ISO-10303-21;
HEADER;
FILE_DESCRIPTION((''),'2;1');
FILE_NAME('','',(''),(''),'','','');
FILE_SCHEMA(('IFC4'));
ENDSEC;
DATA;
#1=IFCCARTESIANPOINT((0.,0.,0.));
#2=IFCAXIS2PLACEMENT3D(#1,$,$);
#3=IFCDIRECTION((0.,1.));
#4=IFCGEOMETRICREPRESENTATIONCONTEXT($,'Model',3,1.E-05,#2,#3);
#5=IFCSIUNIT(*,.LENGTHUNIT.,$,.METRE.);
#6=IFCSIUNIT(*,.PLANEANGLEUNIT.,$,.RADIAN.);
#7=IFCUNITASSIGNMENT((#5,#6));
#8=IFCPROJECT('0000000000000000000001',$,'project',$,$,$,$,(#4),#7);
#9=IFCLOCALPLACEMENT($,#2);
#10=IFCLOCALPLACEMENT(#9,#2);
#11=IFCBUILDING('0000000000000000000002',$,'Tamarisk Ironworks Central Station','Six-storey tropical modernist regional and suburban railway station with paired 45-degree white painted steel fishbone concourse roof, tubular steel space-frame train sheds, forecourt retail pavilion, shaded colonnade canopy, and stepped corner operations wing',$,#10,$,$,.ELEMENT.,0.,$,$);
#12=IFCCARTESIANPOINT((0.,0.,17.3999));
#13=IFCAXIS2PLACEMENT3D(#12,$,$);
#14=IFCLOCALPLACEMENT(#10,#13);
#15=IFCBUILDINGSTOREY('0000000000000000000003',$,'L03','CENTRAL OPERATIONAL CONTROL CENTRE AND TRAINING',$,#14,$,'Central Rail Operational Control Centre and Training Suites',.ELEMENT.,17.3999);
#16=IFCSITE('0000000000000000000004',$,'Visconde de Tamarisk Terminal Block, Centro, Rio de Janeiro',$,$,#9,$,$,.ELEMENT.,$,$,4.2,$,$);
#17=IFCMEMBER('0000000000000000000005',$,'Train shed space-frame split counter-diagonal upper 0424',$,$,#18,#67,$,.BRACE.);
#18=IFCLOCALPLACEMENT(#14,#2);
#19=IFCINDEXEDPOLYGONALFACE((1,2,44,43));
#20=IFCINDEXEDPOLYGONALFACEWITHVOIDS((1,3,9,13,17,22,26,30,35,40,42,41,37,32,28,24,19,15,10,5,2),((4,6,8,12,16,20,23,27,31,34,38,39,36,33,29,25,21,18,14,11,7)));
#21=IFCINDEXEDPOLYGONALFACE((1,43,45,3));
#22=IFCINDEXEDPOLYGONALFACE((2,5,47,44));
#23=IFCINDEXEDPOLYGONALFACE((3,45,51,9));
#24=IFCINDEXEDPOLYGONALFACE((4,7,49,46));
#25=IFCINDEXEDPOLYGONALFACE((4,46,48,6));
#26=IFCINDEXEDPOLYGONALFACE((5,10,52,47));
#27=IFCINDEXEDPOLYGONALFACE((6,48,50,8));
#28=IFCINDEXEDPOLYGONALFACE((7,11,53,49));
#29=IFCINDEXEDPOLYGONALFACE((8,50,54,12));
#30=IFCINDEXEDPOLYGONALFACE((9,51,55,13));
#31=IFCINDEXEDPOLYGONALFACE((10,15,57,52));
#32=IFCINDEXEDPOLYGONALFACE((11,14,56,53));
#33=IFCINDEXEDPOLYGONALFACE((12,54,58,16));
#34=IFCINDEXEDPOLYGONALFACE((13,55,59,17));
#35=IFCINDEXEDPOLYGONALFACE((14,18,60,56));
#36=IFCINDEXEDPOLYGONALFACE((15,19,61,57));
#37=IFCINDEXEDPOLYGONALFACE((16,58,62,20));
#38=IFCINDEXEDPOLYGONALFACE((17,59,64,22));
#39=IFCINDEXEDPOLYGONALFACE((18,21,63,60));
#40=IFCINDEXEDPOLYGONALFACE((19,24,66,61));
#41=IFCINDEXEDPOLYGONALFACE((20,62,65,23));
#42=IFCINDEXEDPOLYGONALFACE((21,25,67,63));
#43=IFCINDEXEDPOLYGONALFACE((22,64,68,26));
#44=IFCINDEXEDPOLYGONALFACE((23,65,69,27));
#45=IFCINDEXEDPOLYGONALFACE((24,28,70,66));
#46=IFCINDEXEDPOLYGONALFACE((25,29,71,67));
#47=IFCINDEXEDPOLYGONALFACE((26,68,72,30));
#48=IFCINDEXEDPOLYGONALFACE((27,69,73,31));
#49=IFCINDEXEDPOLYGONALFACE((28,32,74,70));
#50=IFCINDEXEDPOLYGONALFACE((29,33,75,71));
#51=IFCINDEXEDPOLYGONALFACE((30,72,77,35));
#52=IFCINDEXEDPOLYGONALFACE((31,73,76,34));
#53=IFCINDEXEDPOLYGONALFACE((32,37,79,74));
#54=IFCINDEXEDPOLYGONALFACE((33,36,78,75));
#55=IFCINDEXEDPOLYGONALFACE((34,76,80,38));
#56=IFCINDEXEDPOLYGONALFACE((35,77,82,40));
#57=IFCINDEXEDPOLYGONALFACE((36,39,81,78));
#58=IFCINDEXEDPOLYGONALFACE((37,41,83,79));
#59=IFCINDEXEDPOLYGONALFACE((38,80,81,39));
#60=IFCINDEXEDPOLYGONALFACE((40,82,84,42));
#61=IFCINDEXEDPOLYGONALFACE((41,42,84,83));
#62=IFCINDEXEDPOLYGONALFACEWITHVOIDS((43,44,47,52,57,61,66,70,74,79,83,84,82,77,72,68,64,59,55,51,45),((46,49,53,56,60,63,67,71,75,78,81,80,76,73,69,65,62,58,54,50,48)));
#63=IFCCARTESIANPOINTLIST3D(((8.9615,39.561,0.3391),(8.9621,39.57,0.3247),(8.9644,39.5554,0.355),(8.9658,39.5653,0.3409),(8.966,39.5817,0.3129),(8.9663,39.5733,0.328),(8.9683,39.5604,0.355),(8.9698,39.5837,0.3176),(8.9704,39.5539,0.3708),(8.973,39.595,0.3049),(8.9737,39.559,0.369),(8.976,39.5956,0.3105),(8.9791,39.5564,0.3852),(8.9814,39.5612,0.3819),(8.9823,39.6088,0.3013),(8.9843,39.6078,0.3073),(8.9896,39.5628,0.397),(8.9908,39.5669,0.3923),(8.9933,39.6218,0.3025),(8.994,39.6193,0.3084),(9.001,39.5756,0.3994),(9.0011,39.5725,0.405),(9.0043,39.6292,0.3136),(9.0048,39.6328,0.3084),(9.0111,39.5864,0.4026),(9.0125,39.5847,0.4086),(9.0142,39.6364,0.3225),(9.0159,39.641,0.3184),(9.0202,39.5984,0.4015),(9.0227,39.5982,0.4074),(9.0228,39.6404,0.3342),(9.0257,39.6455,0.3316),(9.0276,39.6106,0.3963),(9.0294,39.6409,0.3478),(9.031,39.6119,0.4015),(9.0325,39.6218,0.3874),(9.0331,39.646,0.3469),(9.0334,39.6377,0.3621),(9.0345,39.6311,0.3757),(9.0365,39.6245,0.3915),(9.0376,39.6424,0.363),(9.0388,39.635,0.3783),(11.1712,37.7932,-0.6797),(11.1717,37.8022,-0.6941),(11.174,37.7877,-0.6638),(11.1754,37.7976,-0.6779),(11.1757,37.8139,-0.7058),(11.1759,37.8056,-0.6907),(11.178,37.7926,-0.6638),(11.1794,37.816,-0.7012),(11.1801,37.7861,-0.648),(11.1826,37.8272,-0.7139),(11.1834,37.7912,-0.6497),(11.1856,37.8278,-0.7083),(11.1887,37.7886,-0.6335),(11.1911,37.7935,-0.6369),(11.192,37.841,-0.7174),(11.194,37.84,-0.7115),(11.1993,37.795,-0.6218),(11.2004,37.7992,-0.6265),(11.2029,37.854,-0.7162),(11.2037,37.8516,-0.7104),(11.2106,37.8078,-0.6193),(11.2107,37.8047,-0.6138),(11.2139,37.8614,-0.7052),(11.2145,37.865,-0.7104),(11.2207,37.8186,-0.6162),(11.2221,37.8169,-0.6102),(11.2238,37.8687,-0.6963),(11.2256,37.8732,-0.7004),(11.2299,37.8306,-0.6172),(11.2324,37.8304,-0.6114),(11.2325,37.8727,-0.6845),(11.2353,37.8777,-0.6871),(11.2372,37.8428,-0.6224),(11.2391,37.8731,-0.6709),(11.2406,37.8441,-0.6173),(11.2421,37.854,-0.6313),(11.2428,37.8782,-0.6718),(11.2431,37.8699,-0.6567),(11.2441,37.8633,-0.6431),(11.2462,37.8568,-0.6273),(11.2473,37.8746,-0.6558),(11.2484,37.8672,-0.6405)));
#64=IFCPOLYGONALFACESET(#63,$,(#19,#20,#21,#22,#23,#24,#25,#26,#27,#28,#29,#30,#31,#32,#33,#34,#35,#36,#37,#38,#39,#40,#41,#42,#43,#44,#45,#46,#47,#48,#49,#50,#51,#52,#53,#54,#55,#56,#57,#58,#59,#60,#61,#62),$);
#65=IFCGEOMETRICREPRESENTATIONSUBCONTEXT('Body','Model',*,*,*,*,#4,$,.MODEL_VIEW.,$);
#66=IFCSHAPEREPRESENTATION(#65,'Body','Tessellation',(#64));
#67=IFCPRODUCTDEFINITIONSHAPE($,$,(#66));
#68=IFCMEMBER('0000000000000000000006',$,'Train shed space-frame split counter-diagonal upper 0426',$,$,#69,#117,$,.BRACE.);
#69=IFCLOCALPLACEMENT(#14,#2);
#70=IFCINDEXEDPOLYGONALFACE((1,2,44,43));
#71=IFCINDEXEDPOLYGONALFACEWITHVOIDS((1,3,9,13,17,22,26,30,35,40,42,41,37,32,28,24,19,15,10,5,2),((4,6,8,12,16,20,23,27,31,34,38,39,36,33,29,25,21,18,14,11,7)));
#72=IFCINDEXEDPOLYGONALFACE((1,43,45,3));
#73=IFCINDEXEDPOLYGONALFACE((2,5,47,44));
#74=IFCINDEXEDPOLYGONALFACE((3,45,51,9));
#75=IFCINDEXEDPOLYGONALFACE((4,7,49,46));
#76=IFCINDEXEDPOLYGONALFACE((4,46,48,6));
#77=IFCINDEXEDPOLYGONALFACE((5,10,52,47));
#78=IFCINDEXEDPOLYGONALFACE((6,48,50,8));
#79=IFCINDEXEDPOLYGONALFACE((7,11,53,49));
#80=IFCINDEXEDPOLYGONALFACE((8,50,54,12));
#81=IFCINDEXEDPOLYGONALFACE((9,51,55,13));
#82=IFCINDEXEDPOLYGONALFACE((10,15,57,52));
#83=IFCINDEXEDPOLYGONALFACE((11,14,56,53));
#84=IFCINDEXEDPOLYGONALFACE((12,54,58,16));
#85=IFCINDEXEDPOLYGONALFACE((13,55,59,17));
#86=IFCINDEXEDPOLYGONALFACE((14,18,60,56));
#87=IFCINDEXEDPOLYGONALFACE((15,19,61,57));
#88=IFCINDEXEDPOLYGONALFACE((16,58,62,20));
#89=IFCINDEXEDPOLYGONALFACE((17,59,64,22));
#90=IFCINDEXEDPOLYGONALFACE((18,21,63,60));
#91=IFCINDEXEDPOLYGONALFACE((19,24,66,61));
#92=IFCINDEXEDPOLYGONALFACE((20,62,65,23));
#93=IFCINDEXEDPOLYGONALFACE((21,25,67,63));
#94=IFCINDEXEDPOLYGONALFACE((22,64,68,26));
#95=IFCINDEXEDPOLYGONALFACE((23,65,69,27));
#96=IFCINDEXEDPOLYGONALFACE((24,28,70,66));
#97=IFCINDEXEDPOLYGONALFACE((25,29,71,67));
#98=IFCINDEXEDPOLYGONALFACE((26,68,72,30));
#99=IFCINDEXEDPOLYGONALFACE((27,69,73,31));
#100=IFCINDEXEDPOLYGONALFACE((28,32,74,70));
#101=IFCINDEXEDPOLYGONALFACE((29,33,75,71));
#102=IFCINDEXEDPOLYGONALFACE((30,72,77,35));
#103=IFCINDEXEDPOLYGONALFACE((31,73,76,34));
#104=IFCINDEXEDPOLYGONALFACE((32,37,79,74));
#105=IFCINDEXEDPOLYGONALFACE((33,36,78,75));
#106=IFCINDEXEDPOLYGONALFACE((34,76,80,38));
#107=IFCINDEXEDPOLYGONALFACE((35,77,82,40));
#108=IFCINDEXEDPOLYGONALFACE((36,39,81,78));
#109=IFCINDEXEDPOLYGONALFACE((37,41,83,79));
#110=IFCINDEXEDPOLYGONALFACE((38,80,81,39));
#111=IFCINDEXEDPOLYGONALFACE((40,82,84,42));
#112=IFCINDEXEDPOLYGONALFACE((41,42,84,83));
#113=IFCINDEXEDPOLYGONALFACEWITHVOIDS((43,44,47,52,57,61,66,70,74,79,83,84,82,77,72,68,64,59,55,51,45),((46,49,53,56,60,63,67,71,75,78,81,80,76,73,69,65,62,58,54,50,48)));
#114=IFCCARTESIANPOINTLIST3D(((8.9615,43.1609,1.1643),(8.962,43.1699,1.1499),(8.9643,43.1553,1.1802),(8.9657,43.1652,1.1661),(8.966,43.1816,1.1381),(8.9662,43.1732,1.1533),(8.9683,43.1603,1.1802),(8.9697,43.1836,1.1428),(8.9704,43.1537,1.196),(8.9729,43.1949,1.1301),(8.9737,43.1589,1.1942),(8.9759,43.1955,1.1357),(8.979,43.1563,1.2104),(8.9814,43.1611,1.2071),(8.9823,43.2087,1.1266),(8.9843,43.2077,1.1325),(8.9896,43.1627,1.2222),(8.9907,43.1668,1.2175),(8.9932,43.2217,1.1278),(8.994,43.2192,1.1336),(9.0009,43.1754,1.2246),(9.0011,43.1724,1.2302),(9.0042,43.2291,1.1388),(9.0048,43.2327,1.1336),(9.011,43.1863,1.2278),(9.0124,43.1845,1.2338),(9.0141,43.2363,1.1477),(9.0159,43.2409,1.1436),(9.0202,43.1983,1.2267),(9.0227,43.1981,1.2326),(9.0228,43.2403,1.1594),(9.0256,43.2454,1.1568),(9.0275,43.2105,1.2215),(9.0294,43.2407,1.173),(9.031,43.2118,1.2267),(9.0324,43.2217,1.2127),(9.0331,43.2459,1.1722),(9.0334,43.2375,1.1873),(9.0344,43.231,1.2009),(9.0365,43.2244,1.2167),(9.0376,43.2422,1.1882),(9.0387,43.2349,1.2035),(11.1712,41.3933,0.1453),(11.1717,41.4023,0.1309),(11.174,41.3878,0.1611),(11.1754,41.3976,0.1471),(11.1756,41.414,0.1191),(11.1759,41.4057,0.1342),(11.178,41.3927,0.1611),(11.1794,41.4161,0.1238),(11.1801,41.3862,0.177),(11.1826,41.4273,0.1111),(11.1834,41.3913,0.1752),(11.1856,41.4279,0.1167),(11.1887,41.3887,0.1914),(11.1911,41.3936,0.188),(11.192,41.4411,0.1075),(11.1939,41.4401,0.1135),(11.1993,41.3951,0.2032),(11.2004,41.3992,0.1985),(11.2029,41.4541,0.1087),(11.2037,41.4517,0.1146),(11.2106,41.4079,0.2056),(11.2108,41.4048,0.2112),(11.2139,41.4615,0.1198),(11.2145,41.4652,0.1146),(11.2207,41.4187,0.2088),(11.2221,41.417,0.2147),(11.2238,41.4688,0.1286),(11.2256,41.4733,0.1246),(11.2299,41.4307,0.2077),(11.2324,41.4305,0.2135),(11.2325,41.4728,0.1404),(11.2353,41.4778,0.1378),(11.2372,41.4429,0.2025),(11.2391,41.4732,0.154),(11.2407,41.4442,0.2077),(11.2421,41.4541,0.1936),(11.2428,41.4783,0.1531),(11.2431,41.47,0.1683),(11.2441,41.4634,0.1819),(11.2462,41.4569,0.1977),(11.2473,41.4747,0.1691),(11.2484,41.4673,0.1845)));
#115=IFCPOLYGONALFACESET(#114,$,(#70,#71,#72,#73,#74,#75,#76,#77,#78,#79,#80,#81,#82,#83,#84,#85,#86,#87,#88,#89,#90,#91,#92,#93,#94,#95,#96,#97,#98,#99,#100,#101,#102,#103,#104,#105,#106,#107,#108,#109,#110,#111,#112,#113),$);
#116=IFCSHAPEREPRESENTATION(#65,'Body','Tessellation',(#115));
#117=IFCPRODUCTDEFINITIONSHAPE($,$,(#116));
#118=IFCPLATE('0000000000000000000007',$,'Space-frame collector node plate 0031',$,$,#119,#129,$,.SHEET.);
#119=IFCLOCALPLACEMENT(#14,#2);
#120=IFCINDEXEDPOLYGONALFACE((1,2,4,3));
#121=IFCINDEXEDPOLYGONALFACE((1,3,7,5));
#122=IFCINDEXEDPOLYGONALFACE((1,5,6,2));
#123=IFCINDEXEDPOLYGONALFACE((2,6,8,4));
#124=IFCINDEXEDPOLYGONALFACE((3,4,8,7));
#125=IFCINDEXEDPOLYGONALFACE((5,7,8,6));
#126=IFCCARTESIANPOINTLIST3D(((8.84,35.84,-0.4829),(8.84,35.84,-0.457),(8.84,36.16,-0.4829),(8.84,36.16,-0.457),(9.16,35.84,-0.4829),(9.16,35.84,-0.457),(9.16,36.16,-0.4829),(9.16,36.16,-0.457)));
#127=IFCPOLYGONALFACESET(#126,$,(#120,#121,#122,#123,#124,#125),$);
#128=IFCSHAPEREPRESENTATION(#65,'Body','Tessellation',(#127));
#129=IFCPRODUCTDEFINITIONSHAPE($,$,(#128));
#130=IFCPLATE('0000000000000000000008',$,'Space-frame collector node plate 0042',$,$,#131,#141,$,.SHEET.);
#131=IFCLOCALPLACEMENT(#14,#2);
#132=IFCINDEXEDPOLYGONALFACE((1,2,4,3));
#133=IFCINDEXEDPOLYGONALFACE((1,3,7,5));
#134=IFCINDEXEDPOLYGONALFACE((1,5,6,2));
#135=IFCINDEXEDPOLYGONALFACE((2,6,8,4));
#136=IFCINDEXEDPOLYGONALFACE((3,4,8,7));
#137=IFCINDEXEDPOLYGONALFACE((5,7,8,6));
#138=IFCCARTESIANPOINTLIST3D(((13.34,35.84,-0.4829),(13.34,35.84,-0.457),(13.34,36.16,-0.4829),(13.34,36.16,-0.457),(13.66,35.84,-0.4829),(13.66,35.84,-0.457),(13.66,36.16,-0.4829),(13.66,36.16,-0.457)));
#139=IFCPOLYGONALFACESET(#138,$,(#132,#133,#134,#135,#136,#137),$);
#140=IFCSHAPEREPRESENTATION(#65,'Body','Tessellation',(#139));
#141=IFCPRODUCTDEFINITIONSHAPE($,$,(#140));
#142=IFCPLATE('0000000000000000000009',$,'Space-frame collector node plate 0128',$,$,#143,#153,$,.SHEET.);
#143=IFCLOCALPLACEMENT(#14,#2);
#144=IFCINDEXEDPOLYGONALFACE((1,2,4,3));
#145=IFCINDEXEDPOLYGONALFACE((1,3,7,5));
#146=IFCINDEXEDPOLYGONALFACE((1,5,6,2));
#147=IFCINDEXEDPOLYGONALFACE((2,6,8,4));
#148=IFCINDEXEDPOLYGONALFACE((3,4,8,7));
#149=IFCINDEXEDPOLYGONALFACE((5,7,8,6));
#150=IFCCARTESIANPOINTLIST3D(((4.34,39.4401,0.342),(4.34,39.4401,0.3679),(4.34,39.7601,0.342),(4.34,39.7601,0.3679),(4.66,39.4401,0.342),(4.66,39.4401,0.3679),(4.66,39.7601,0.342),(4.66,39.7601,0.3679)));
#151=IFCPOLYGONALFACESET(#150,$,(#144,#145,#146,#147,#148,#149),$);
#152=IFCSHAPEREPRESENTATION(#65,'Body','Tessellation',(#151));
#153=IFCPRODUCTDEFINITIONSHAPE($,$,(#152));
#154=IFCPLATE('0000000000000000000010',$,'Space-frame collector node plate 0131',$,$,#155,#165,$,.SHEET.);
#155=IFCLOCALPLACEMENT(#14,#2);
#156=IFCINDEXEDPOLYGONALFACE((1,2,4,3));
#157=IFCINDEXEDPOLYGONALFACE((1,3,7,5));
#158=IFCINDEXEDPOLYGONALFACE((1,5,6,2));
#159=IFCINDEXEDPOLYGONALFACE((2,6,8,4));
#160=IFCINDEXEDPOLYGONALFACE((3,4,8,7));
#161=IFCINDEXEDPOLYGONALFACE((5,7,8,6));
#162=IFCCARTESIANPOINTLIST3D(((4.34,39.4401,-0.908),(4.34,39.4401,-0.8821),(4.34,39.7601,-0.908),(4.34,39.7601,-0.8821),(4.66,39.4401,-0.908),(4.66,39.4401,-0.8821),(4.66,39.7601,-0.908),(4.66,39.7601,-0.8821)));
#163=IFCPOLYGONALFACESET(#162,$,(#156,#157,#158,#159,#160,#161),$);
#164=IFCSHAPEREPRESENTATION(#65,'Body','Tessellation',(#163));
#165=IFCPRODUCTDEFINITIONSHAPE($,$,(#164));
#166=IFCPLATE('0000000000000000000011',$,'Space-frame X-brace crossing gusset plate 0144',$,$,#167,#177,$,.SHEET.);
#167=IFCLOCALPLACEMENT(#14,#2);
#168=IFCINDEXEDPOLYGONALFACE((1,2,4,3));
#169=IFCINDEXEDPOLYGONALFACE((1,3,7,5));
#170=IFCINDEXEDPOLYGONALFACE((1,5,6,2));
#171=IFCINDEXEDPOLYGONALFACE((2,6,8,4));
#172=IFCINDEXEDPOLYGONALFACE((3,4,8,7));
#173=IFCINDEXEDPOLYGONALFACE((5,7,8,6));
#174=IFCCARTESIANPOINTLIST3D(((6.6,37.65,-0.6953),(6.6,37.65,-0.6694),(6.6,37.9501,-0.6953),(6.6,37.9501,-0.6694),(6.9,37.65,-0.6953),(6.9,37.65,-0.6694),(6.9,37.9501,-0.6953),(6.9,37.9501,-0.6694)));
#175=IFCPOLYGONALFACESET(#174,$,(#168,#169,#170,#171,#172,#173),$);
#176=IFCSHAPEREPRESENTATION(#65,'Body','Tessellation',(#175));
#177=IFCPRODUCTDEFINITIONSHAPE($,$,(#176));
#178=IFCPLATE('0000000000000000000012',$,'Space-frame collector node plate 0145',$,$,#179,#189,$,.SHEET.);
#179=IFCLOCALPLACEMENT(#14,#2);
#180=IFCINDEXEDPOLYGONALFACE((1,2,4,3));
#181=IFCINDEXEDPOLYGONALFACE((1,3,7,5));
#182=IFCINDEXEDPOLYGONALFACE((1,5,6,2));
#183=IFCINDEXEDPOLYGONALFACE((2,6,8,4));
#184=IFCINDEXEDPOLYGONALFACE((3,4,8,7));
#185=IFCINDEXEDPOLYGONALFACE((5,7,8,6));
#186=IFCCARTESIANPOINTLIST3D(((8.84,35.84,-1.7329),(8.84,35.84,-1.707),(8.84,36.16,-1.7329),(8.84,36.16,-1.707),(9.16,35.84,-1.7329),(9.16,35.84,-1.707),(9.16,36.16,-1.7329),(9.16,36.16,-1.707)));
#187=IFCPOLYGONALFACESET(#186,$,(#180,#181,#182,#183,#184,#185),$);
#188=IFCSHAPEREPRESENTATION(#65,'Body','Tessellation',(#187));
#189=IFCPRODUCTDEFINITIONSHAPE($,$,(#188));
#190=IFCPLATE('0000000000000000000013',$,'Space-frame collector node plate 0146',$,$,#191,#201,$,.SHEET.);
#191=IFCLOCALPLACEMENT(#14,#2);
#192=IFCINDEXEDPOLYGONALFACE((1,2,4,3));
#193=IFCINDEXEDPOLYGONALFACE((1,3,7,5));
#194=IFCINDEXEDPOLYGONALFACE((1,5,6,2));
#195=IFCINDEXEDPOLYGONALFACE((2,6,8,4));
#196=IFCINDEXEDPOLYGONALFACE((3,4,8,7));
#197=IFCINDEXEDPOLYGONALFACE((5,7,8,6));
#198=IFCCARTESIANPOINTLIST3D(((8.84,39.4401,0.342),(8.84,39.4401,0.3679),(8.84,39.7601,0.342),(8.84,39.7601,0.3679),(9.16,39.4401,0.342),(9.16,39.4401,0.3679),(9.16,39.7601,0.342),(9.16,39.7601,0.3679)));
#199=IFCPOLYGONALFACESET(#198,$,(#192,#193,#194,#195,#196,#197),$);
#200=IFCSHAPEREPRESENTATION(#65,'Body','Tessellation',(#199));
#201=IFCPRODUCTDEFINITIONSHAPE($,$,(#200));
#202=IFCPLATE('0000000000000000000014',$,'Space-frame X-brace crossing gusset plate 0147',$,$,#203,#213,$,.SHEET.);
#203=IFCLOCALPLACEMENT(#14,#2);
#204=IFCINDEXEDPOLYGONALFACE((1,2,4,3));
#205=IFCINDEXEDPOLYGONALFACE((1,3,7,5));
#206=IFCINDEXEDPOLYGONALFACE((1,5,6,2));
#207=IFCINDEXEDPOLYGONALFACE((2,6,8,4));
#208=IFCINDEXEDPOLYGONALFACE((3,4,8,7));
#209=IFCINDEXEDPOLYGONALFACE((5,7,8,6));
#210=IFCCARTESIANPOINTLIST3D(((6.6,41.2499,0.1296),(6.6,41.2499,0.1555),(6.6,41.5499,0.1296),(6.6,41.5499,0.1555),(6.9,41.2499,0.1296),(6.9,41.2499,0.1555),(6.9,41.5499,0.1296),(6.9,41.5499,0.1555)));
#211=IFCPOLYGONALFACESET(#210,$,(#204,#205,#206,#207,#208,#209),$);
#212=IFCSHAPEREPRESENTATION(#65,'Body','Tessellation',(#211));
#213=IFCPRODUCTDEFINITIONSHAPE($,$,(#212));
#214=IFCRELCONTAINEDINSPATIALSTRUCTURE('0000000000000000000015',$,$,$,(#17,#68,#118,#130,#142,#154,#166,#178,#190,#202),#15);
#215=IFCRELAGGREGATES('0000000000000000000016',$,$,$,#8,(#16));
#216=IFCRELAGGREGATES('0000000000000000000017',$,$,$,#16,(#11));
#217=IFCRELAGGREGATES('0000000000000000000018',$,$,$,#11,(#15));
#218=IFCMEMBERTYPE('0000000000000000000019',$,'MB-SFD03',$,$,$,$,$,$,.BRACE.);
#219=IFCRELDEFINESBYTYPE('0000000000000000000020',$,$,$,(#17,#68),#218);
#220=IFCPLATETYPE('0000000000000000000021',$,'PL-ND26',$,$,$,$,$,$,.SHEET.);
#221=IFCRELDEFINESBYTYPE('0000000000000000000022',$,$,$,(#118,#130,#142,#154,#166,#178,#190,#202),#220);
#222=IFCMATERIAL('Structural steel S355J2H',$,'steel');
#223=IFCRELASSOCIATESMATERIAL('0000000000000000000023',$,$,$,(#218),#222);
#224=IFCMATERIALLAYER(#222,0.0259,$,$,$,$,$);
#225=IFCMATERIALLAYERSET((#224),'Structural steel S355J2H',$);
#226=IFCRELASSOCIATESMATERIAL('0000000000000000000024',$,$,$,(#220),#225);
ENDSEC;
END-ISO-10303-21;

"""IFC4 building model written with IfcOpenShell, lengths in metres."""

from ifc_helpers import new_model, si_unit, direction, frame, origin, origin_2d, place, context, subcontext, project, spatial, rectangle, hollow_circle, extrude, material, layer, layer_set, material_profile, profile_set, type_object, element, save


model = new_model("IFC4")

# Units and contexts
model_context = context("Model", 3, precision=1e-05, world=origin(), true_north=direction((0.0, 1.0)))
body_context = subcontext(model_context, "Body", "Model", "MODEL_VIEW")
ifc_project = project(units=[si_unit("LENGTHUNIT", "METRE"), si_unit("PLANEANGLEUNIT", "RADIAN")], contexts=[model_context])

# Site, building, storey
site_placement = place(None, origin())
site = spatial("IfcSite", under=ifc_project, at=site_placement, Name="Visconde de Tamarisk Terminal Block, Centro, Rio de Janeiro", CompositionType="ELEMENT", RefElevation=4.2)
building_placement = place(site_placement, origin())
building = spatial("IfcBuilding", under=site, at=building_placement, Name="Tamarisk Ironworks Central Station", Description="Six-storey tropical modernist regional and suburban railway station with paired 45-degree white painted steel fishbone concourse roof, tubular steel space-frame train sheds, forecourt retail pavilion, shaded colonnade canopy, and stepped corner operations wing", CompositionType="ELEMENT", ElevationOfRefHeight=0.0)
storey_placement = place(building_placement, frame((0.0, 0.0, 17.3999)))
storey = spatial("IfcBuildingStorey", under=building, at=storey_placement, Name="L03", Description="CENTRAL OPERATIONAL CONTROL CENTRE AND TRAINING", LongName="Central Rail Operational Control Centre and Training Suites", CompositionType="ELEMENT", Elevation=17.3999)

# Members
ifc_material_1 = material(Name="Structural steel S355J2H", Category="steel")
ifc_material_profile_1 = material_profile(ifc_material_1, hollow_circle(Radius=0.0571, WallThickness=0.0063, at=origin_2d()), Name="CHS 114.3x6.3")
ifc_profile_set_1 = profile_set([ifc_material_profile_1], Name="Structural steel S355J2H")
member_type_1 = type_object("IfcMemberType", Name="MB-SFD03", PredefinedType="BRACE", material=ifc_profile_set_1)
for number, where, z_axis, x_axis, name in (
    (1, (11.2097, 37.8323, -0.6638), (-0.734697, 0.587774, 0.338735), (-0.624706, -0.78086, 0.0), "Train shed space-frame split counter-diagonal upper 0424"),
    (2, (11.2097, 41.4324, 0.1611), (-0.734712, 0.587705, 0.338823), (-0.624653, -0.780902, 0.0), "Train shed space-frame split counter-diagonal upper 0426"),
):
    element("IfcMember", number, at=place(storey_placement, frame(where, z_axis=z_axis, x_axis=x_axis)), inside=storey, type_object=member_type_1, Name=name, PredefinedType="BRACE", context=body_context, shape_type="SweptSolid", body=[
        extrude(hollow_circle(Radius=0.0571, WallThickness=0.0063, at=origin_2d()), origin(), (0.0, 0.0, 1.0), 3.0076),
    ])

# Plates
ifc_layer = layer(ifc_material_1, 0.0259)
ifc_layer_set = layer_set([ifc_layer], Name="Structural steel S355J2H")
plate_type = type_object("IfcPlateType", Name="PL-ND26", PredefinedType="SHEET", material=ifc_layer_set)
for number, where, z_axis, x_axis, name in (
    (3, (9.0, 36.0, -0.4829), (0.0, 0.0, 1.0), (1.0, 0.0, 0.0), "Space-frame collector node plate 0031"),
    (4, (13.5, 36.0, -0.4829), (0.0, 0.0, 1.0), (1.0, 0.0, 0.0), "Space-frame collector node plate 0042"),
    (5, (4.5, 39.6001, 0.342), (0.0, 0.0, 1.0), (1.0, 0.0, 0.0), "Space-frame collector node plate 0128"),
    (6, (4.5, 39.6001, -0.908), (0.0, 0.0, 1.0), (1.0, 0.0, 0.0), "Space-frame collector node plate 0131"),
):
    element("IfcPlate", number, at=place(storey_placement, frame(where, z_axis=z_axis, x_axis=x_axis)), inside=storey, type_object=plate_type, Name=name, PredefinedType="SHEET", context=body_context, shape_type="SweptSolid", body=[
        extrude(rectangle(XDim=0.3201, YDim=0.3201, at=origin_2d()), origin(), (0.0, 0.0, 1.0), 0.0259),
    ])
plate_1_placement = place(storey_placement, frame((6.75, 37.8, -0.6953), z_axis=(0.0, 0.0, 1.0), x_axis=(1.0, 0.0, 0.0)))
element("IfcPlate", 7, at=plate_1_placement, inside=storey, type_object=plate_type, Name="Space-frame X-brace crossing gusset plate 0144", PredefinedType="SHEET", context=body_context, shape_type="SweptSolid", body=[
    extrude(rectangle(XDim=0.3, YDim=0.3, at=origin_2d()), origin(), (0.0, 0.0, 1.0), 0.0259),
])
for number, where, z_axis, x_axis, name in (
    (8, (9.0, 36.0, -1.7329), (0.0, 0.0, 1.0), (1.0, 0.0, 0.0), "Space-frame collector node plate 0145"),
    (9, (9.0, 39.6001, 0.342), (0.0, 0.0, 1.0), (1.0, 0.0, 0.0), "Space-frame collector node plate 0146"),
):
    element("IfcPlate", number, at=place(storey_placement, frame(where, z_axis=z_axis, x_axis=x_axis)), inside=storey, type_object=plate_type, Name=name, PredefinedType="SHEET", context=body_context, shape_type="SweptSolid", body=[
        extrude(rectangle(XDim=0.3201, YDim=0.3201, at=origin_2d()), origin(), (0.0, 0.0, 1.0), 0.0259),
    ])
plate_2_placement = place(storey_placement, frame((6.75, 41.3999, 0.1296), z_axis=(0.0, 0.0, 1.0), x_axis=(1.0, 0.0, 0.0)))
element("IfcPlate", 10, at=plate_2_placement, inside=storey, type_object=plate_type, Name="Space-frame X-brace crossing gusset plate 0147", PredefinedType="SHEET", context=body_context, shape_type="SweptSolid", body=[
    extrude(rectangle(XDim=0.3, YDim=0.3, at=origin_2d()), origin(), (0.0, 0.0, 1.0), 0.0259),
])

save(model, "model.ifc")
